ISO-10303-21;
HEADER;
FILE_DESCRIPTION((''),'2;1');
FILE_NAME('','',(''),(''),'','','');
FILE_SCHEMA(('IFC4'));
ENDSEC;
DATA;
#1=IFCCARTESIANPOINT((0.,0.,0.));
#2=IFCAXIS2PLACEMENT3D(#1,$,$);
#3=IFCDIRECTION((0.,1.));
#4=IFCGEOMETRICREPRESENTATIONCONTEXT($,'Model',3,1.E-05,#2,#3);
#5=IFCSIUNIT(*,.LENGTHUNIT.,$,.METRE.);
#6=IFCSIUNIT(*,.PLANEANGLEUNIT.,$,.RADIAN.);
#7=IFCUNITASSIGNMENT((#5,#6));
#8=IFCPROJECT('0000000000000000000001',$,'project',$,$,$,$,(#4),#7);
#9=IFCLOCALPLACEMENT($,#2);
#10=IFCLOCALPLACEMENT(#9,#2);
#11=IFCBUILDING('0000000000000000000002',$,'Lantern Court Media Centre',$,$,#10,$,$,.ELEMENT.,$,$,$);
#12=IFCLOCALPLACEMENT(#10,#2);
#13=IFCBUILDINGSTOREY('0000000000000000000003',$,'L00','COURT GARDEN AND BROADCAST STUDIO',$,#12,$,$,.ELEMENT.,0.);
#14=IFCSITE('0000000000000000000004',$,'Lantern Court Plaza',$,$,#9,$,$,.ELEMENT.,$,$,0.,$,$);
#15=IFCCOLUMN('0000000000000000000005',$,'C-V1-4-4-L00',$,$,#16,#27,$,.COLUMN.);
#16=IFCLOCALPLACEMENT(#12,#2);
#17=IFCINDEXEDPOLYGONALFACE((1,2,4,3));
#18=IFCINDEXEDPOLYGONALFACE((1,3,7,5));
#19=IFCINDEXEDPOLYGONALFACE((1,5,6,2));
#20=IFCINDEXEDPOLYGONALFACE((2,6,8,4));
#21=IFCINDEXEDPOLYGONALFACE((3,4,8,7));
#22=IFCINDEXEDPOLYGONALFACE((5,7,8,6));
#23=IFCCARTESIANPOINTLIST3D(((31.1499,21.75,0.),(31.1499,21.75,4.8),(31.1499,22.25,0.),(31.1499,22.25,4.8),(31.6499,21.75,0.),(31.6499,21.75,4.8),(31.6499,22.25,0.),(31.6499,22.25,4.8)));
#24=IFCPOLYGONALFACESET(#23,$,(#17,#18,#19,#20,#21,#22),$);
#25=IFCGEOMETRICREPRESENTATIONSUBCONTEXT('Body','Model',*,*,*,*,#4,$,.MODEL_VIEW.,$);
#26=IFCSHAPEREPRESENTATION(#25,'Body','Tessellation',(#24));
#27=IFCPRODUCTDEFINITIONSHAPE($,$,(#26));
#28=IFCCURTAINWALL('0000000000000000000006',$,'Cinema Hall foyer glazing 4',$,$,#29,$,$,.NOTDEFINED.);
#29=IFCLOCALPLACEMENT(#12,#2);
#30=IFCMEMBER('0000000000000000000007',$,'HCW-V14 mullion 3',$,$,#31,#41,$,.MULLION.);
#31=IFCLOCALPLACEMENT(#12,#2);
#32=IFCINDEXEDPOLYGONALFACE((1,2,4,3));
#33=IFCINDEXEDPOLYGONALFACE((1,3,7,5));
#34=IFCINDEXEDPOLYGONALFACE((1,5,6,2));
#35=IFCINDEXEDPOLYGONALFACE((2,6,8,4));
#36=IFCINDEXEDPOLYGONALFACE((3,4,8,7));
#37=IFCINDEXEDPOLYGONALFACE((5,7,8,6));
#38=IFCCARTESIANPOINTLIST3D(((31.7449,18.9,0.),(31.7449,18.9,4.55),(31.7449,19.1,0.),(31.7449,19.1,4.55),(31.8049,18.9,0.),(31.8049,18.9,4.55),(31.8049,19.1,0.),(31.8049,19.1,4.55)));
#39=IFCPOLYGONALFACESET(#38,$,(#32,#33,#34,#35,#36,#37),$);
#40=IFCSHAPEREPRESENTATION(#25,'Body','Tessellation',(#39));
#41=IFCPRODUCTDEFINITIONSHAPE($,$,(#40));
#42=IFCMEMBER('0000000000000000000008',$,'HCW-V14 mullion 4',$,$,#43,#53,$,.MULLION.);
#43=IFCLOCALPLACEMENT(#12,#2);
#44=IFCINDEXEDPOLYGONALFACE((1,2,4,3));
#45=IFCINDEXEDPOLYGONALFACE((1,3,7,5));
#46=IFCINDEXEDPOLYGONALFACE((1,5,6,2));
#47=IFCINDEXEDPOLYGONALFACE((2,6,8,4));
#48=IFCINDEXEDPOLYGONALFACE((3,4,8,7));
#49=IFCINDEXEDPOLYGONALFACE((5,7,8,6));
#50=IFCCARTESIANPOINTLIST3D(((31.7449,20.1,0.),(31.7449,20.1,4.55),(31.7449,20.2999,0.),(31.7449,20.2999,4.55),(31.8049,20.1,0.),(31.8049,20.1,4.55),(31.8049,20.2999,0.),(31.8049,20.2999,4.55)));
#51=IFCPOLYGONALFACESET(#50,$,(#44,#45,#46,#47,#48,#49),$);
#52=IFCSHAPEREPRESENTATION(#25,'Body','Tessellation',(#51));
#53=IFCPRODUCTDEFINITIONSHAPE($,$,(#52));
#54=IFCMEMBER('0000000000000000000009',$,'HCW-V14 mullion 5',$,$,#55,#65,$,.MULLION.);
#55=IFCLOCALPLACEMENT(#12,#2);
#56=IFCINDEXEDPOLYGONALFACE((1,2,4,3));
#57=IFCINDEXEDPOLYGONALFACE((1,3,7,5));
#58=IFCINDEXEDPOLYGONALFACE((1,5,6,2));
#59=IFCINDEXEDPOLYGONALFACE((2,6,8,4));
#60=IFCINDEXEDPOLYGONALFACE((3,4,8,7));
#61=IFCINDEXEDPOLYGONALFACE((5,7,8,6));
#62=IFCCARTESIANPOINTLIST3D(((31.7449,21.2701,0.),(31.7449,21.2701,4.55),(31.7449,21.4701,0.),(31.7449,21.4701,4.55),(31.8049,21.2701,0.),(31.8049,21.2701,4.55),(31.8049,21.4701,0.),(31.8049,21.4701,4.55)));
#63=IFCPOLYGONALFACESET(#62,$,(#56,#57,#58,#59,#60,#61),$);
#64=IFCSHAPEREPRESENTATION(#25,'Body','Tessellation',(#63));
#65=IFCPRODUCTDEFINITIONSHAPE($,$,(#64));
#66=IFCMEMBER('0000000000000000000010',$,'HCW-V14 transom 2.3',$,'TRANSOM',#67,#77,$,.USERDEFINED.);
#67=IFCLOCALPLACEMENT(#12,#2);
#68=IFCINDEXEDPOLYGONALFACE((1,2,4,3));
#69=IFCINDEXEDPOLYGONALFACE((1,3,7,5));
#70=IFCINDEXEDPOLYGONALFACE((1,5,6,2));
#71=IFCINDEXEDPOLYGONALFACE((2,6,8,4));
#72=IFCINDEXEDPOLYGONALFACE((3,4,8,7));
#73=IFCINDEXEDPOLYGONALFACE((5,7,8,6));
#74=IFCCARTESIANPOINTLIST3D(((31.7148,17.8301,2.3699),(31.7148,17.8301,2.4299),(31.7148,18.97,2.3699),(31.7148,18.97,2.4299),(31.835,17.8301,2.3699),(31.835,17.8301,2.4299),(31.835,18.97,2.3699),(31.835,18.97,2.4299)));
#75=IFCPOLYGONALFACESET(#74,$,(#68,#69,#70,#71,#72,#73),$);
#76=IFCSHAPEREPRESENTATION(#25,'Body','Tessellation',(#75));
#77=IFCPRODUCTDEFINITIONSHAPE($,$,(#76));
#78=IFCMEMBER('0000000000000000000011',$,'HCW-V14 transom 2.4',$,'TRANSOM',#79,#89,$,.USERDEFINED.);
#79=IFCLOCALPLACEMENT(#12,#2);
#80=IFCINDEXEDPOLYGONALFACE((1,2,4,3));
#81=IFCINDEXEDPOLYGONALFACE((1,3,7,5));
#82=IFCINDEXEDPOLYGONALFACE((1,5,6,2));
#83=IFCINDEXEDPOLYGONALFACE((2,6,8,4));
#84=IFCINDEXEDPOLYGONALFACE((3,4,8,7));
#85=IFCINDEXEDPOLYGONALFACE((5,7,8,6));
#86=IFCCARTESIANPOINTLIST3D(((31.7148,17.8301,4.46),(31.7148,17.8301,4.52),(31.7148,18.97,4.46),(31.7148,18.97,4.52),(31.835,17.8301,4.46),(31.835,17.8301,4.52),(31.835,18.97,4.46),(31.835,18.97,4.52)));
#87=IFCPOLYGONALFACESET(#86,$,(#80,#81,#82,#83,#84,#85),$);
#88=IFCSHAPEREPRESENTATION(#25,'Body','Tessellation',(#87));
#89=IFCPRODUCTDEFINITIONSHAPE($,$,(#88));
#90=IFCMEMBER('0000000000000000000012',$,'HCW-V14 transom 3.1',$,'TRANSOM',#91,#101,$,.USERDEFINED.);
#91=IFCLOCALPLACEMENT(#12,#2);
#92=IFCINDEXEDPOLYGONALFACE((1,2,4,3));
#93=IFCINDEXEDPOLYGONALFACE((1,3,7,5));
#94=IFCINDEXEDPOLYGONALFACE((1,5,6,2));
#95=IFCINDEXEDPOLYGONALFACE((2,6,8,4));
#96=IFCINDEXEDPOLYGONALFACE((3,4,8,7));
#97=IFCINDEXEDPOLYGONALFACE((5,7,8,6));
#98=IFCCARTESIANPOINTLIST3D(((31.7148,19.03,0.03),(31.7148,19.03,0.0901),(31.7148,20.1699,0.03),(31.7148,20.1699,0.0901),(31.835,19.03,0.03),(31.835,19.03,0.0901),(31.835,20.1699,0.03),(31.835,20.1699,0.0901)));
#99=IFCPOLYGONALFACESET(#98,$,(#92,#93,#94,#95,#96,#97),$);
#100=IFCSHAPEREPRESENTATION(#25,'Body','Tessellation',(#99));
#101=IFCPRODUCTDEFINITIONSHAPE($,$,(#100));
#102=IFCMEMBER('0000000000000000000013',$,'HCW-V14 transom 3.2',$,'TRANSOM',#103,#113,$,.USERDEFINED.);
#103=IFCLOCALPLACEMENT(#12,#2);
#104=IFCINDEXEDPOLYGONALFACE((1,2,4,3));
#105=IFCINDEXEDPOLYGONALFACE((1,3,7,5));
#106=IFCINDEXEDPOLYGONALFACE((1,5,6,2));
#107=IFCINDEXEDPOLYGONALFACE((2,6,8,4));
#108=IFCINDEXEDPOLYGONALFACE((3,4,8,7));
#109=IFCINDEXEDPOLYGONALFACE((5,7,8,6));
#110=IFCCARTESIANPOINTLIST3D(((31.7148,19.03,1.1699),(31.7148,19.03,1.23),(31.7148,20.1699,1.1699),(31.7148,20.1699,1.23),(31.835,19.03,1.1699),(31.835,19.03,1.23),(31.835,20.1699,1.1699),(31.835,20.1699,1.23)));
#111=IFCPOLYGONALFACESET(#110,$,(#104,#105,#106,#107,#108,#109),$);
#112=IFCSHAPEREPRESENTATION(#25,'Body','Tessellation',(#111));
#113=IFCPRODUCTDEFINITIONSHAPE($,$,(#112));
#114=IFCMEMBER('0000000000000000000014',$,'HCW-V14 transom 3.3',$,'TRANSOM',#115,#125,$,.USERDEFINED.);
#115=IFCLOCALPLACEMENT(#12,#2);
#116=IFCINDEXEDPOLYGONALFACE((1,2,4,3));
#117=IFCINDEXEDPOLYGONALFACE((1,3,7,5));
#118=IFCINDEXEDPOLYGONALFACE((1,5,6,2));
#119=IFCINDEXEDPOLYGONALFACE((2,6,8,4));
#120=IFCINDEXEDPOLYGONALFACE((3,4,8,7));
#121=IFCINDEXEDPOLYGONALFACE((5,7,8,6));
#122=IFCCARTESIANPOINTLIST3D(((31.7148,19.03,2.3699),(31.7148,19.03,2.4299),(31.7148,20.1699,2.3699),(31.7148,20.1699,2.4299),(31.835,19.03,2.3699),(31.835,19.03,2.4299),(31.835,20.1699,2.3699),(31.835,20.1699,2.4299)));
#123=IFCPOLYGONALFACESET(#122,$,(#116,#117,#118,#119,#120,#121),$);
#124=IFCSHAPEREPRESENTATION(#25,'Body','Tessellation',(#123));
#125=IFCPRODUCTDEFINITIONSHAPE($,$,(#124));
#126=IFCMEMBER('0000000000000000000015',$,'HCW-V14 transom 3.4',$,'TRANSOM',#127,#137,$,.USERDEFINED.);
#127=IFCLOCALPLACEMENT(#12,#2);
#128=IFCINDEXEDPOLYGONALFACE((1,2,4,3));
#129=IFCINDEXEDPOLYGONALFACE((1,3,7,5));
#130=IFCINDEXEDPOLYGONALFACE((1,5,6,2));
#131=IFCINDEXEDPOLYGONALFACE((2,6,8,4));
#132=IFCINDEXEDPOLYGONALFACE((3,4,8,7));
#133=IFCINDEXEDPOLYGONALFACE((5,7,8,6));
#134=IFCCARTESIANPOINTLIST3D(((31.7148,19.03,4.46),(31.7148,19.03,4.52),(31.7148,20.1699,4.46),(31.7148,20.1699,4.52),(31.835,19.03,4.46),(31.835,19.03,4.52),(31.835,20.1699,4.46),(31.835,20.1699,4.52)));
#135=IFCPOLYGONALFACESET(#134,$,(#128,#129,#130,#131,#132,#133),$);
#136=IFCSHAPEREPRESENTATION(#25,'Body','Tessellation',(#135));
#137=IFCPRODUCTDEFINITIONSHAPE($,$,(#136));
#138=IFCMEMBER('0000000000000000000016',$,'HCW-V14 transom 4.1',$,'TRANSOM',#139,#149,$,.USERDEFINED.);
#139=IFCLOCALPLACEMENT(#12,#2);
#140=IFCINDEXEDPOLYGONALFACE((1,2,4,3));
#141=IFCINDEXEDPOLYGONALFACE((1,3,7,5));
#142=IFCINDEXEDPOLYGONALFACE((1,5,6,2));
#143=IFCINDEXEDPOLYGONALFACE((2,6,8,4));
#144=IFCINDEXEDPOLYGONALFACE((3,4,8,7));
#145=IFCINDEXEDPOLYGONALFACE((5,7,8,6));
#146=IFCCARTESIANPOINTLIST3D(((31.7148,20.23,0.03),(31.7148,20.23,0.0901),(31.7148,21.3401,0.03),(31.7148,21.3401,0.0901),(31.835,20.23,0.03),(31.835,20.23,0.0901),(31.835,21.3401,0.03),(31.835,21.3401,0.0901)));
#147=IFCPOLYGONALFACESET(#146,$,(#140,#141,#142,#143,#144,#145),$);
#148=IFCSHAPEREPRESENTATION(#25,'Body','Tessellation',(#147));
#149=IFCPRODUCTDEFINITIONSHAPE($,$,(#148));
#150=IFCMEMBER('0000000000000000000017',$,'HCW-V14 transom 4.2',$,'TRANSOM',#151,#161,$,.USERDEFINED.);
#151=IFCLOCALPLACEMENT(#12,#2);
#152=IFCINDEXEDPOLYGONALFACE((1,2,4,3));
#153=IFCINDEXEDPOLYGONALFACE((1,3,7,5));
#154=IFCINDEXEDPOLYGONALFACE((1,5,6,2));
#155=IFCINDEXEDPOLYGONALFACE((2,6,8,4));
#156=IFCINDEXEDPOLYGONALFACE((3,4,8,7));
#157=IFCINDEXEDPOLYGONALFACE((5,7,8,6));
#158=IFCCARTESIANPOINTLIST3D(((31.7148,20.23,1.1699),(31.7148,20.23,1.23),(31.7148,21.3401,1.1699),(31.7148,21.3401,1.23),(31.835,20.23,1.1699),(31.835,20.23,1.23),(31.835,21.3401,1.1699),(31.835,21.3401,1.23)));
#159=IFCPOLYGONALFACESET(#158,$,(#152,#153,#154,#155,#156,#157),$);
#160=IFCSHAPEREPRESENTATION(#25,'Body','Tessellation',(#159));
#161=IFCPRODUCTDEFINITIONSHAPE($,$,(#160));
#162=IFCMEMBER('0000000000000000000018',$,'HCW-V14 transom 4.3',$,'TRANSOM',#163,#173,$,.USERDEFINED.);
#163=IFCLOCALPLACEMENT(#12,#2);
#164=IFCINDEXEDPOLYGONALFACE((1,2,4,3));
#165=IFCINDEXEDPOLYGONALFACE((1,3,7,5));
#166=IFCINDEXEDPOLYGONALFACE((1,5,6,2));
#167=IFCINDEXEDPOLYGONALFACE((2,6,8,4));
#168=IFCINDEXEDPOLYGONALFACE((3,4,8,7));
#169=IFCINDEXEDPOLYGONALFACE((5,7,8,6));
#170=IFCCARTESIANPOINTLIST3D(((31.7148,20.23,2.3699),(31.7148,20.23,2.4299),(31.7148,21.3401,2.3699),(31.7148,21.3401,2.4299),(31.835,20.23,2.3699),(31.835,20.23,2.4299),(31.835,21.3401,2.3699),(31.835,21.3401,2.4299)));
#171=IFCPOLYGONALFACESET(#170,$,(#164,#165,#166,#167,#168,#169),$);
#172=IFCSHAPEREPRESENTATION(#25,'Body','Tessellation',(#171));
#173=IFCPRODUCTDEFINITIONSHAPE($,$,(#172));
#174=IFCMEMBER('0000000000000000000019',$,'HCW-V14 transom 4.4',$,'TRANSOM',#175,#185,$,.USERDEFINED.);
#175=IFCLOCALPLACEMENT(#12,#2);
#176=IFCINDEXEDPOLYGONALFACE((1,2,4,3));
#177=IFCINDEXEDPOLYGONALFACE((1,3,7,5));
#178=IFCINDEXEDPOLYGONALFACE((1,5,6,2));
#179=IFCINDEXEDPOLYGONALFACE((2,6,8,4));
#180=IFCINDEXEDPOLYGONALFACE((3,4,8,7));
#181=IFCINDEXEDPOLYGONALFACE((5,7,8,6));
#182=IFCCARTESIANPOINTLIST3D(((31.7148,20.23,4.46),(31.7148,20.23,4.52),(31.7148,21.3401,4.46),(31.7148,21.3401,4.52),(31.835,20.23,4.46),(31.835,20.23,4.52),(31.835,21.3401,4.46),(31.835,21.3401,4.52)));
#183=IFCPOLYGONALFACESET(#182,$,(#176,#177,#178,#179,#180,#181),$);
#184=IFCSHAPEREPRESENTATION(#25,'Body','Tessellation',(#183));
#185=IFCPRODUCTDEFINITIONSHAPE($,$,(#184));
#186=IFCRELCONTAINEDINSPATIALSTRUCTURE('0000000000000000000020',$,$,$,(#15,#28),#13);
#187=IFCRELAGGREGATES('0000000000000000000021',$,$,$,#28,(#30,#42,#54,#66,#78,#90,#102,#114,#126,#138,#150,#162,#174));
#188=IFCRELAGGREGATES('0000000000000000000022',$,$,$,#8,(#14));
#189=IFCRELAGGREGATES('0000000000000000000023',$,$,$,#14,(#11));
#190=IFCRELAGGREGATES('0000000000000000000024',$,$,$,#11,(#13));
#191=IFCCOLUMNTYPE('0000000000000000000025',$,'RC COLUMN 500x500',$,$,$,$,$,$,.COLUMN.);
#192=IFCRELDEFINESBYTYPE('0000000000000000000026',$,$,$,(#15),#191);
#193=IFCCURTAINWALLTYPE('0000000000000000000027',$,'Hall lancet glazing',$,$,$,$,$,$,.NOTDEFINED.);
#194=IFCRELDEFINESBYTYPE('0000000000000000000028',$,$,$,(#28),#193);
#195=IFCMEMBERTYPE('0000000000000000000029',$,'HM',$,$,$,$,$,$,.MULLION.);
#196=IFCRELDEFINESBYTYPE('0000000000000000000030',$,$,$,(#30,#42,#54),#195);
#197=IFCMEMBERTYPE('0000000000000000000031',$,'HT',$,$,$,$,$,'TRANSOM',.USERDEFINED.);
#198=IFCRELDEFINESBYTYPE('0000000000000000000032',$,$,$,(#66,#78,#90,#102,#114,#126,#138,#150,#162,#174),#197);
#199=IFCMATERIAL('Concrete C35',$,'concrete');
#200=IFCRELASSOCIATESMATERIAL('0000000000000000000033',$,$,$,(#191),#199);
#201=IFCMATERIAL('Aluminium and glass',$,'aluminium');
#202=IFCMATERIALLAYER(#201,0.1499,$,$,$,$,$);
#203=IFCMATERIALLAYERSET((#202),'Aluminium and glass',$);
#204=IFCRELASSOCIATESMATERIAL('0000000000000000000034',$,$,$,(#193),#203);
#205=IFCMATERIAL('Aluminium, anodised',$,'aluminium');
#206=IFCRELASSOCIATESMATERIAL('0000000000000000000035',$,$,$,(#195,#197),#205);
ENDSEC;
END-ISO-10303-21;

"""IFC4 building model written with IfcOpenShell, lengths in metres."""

from ifc_helpers import new_model, si_unit, direction, frame, origin, origin_2d, place, context, subcontext, project, spatial, rectangle, extrude, material, layer, layer_set, material_profile, profile_set, type_object, element, aggregate, save


model = new_model("IFC4")

# Units and contexts
model_context = context("Model", 3, precision=1e-05, world=origin(), true_north=direction((0.0, 1.0)))
body_context = subcontext(model_context, "Body", "Model", "MODEL_VIEW")
ifc_project = project(units=[si_unit("LENGTHUNIT", "METRE"), si_unit("PLANEANGLEUNIT", "RADIAN")], contexts=[model_context])

# Site, building, storey
site_placement = place(None, origin())
site = spatial("IfcSite", under=ifc_project, at=site_placement, Name="Lantern Court Plaza", CompositionType="ELEMENT", RefElevation=0.0)
building_placement = place(site_placement, origin())
building = spatial("IfcBuilding", under=site, at=building_placement, Name="Lantern Court Media Centre", CompositionType="ELEMENT")
storey_placement = place(building_placement, origin())
storey = spatial("IfcBuildingStorey", under=building, at=storey_placement, Name="L00", Description="COURT GARDEN AND BROADCAST STUDIO", CompositionType="ELEMENT", Elevation=0.0)

# Column
ifc_material_1 = material(Name="Concrete C35", Category="concrete")
ifc_material_profile_1 = material_profile(ifc_material_1, rectangle(XDim=0.5, YDim=0.5, at=origin_2d()), Name="RC 500x500")
ifc_profile_set_1 = profile_set([ifc_material_profile_1], Name="Concrete C35")
column_type = type_object("IfcColumnType", Name="RC COLUMN 500x500", PredefinedType="COLUMN", material=ifc_profile_set_1)
column_placement = place(storey_placement, frame((31.3999, 22.0, 0.0), z_axis=(0.0, 0.0, 1.0), x_axis=(1.0, 0.0, 0.0)))
element("IfcColumn", 1, at=column_placement, inside=storey, type_object=column_type, Name="C-V1-4-4-L00", PredefinedType="COLUMN", context=body_context, shape_type="SweptSolid", body=[
    extrude(rectangle(XDim=0.5, YDim=0.5, at=origin_2d()), origin(), (0.0, 0.0, 1.0), 4.8),
])

# Curtain wall, members
ifc_material_2 = material(Name="Aluminium and glass", Category="aluminium")
ifc_layer_1 = layer(ifc_material_2, 0.1499)
ifc_layer_set_1 = layer_set([ifc_layer_1], Name="Aluminium and glass")
curtain_wall_type = type_object("IfcCurtainWallType", Name="Hall lancet glazing", PredefinedType="NOTDEFINED", material=ifc_layer_set_1)
curtain_wall_placement = place(storey_placement, origin())
curtain_wall = element("IfcCurtainWall", 2, at=curtain_wall_placement, inside=storey, type_object=curtain_wall_type, Name="Cinema Hall foyer glazing 4", PredefinedType="NOTDEFINED")
ifc_material_3 = material(Name="Aluminium, anodised", Category="aluminium")
ifc_material_profile_2 = material_profile(ifc_material_3, rectangle(XDim=0.0601, YDim=0.2, at=origin_2d()), Name="HM")
ifc_profile_set_2 = profile_set([ifc_material_profile_2], Name="Aluminium, anodised")
member_type_1 = type_object("IfcMemberType", Name="HM", PredefinedType="MULLION", material=ifc_profile_set_2)
member_1_placement = place(storey_placement, frame((31.7749, 19.0, 0.0), z_axis=(0.0, 0.0, 1.0), x_axis=(-1.0, 0.0, 0.0)))
member_1 = element("IfcMember", 3, at=member_1_placement, type_object=member_type_1, Name="HCW-V14 mullion 3", PredefinedType="MULLION", context=body_context, shape_type="SweptSolid", body=[
    extrude(rectangle(XDim=0.0601, YDim=0.2, at=origin_2d()), origin(), (0.0, 0.0, 1.0), 4.55),
])
member_2_placement = place(storey_placement, frame((31.7749, 20.2, 0.0), z_axis=(0.0, 0.0, 1.0), x_axis=(-1.0, 0.0, 0.0)))
member_2 = element("IfcMember", 4, at=member_2_placement, type_object=member_type_1, Name="HCW-V14 mullion 4", PredefinedType="MULLION", context=body_context, shape_type="SweptSolid", body=[
    extrude(rectangle(XDim=0.0601, YDim=0.2, at=origin_2d()), origin(), (0.0, 0.0, 1.0), 4.55),
])
member_3_placement = place(storey_placement, frame((31.7749, 21.3701, 0.0), z_axis=(0.0, 0.0, 1.0), x_axis=(-1.0, 0.0, 0.0)))
member_3 = element("IfcMember", 5, at=member_3_placement, type_object=member_type_1, Name="HCW-V14 mullion 5", PredefinedType="MULLION", context=body_context, shape_type="SweptSolid", body=[
    extrude(rectangle(XDim=0.0601, YDim=0.2, at=origin_2d()), origin(), (0.0, 0.0, 1.0), 4.55),
])
ifc_material_profile_3 = material_profile(ifc_material_3, rectangle(XDim=0.1201, YDim=0.0601, at=origin_2d()), Name="HT")
ifc_profile_set_3 = profile_set([ifc_material_profile_3], Name="Aluminium, anodised")
member_type_2 = type_object("IfcMemberType", Name="HT", ElementType="TRANSOM", PredefinedType="USERDEFINED", material=ifc_profile_set_3)
member_4_placement = place(storey_placement, frame((31.7749, 17.8301, 2.3999), z_axis=(0.0, 1.0, 0.0), x_axis=(-1.0, 0.0, 0.0)))
member_4 = element("IfcMember", 6, at=member_4_placement, type_object=member_type_2, Name="HCW-V14 transom 2.3", ObjectType="TRANSOM", PredefinedType="USERDEFINED", context=body_context, shape_type="SweptSolid", body=[
    extrude(rectangle(XDim=0.1201, YDim=0.0601, at=origin_2d()), origin(), (0.0, 0.0, 1.0), 1.1399),
])
member_5_placement = place(storey_placement, frame((31.7749, 17.8301, 4.49), z_axis=(0.0, 1.0, 0.0), x_axis=(-1.0, 0.0, 0.0)))
member_5 = element("IfcMember", 7, at=member_5_placement, type_object=member_type_2, Name="HCW-V14 transom 2.4", ObjectType="TRANSOM", PredefinedType="USERDEFINED", context=body_context, shape_type="SweptSolid", body=[
    extrude(rectangle(XDim=0.1201, YDim=0.0601, at=origin_2d()), origin(), (0.0, 0.0, 1.0), 1.1399),
])
member_6_placement = place(storey_placement, frame((31.7749, 19.03, 0.0601), z_axis=(0.0, 1.0, 0.0), x_axis=(-1.0, 0.0, 0.0)))
member_6 = element("IfcMember", 8, at=member_6_placement, type_object=member_type_2, Name="HCW-V14 transom 3.1", ObjectType="TRANSOM", PredefinedType="USERDEFINED", context=body_context, shape_type="SweptSolid", body=[
    extrude(rectangle(XDim=0.1201, YDim=0.0601, at=origin_2d()), origin(), (0.0, 0.0, 1.0), 1.1399),
])
member_7_placement = place(storey_placement, frame((31.7749, 19.03, 1.2), z_axis=(0.0, 1.0, 0.0), x_axis=(-1.0, 0.0, 0.0)))
member_7 = element("IfcMember", 9, at=member_7_placement, type_object=member_type_2, Name="HCW-V14 transom 3.2", ObjectType="TRANSOM", PredefinedType="USERDEFINED", context=body_context, shape_type="SweptSolid", body=[
    extrude(rectangle(XDim=0.1201, YDim=0.0601, at=origin_2d()), origin(), (0.0, 0.0, 1.0), 1.1399),
])
member_8_placement = place(storey_placement, frame((31.7749, 19.03, 2.3999), z_axis=(0.0, 1.0, 0.0), x_axis=(-1.0, 0.0, 0.0)))
member_8 = element("IfcMember", 10, at=member_8_placement, type_object=member_type_2, Name="HCW-V14 transom 3.3", ObjectType="TRANSOM", PredefinedType="USERDEFINED", context=body_context, shape_type="SweptSolid", body=[
    extrude(rectangle(XDim=0.1201, YDim=0.0601, at=origin_2d()), origin(), (0.0, 0.0, 1.0), 1.1399),
])
member_9_placement = place(storey_placement, frame((31.7749, 19.03, 4.49), z_axis=(0.0, 1.0, 0.0), x_axis=(-1.0, 0.0, 0.0)))
member_9 = element("IfcMember", 11, at=member_9_placement, type_object=member_type_2, Name="HCW-V14 transom 3.4", ObjectType="TRANSOM", PredefinedType="USERDEFINED", context=body_context, shape_type="SweptSolid", body=[
    extrude(rectangle(XDim=0.1201, YDim=0.0601, at=origin_2d()), origin(), (0.0, 0.0, 1.0), 1.1399),
])
member_10_placement = place(storey_placement, frame((31.7749, 20.23, 0.0601), z_axis=(0.0, 1.0, 0.0), x_axis=(-1.0, 0.0, 0.0)))
member_10 = element("IfcMember", 12, at=member_10_placement, type_object=member_type_2, Name="HCW-V14 transom 4.1", ObjectType="TRANSOM", PredefinedType="USERDEFINED", context=body_context, shape_type="SweptSolid", body=[
    extrude(rectangle(XDim=0.1201, YDim=0.0601, at=origin_2d()), origin(), (0.0, 0.0, 1.0), 1.1101),
])
member_11_placement = place(storey_placement, frame((31.7749, 20.23, 1.2), z_axis=(0.0, 1.0, 0.0), x_axis=(-1.0, 0.0, 0.0)))
member_11 = element("IfcMember", 13, at=member_11_placement, type_object=member_type_2, Name="HCW-V14 transom 4.2", ObjectType="TRANSOM", PredefinedType="USERDEFINED", context=body_context, shape_type="SweptSolid", body=[
    extrude(rectangle(XDim=0.1201, YDim=0.0601, at=origin_2d()), origin(), (0.0, 0.0, 1.0), 1.1101),
])
member_12_placement = place(storey_placement, frame((31.7749, 20.23, 2.3999), z_axis=(0.0, 1.0, 0.0), x_axis=(-1.0, 0.0, 0.0)))
member_12 = element("IfcMember", 14, at=member_12_placement, type_object=member_type_2, Name="HCW-V14 transom 4.3", ObjectType="TRANSOM", PredefinedType="USERDEFINED", context=body_context, shape_type="SweptSolid", body=[
    extrude(rectangle(XDim=0.1201, YDim=0.0601, at=origin_2d()), origin(), (0.0, 0.0, 1.0), 1.1101),
])
member_13_placement = place(storey_placement, frame((31.7749, 20.23, 4.49), z_axis=(0.0, 1.0, 0.0), x_axis=(-1.0, 0.0, 0.0)))
member_13 = element("IfcMember", 15, at=member_13_placement, type_object=member_type_2, Name="HCW-V14 transom 4.4", ObjectType="TRANSOM", PredefinedType="USERDEFINED", context=body_context, shape_type="SweptSolid", body=[
    extrude(rectangle(XDim=0.1201, YDim=0.0601, at=origin_2d()), origin(), (0.0, 0.0, 1.0), 1.1101),
])

aggregate(curtain_wall, [member_1, member_2, member_3, member_4, member_5, member_6, member_7, member_8, member_9, member_10, member_11, member_12, member_13])

save(model, "model.ifc")
